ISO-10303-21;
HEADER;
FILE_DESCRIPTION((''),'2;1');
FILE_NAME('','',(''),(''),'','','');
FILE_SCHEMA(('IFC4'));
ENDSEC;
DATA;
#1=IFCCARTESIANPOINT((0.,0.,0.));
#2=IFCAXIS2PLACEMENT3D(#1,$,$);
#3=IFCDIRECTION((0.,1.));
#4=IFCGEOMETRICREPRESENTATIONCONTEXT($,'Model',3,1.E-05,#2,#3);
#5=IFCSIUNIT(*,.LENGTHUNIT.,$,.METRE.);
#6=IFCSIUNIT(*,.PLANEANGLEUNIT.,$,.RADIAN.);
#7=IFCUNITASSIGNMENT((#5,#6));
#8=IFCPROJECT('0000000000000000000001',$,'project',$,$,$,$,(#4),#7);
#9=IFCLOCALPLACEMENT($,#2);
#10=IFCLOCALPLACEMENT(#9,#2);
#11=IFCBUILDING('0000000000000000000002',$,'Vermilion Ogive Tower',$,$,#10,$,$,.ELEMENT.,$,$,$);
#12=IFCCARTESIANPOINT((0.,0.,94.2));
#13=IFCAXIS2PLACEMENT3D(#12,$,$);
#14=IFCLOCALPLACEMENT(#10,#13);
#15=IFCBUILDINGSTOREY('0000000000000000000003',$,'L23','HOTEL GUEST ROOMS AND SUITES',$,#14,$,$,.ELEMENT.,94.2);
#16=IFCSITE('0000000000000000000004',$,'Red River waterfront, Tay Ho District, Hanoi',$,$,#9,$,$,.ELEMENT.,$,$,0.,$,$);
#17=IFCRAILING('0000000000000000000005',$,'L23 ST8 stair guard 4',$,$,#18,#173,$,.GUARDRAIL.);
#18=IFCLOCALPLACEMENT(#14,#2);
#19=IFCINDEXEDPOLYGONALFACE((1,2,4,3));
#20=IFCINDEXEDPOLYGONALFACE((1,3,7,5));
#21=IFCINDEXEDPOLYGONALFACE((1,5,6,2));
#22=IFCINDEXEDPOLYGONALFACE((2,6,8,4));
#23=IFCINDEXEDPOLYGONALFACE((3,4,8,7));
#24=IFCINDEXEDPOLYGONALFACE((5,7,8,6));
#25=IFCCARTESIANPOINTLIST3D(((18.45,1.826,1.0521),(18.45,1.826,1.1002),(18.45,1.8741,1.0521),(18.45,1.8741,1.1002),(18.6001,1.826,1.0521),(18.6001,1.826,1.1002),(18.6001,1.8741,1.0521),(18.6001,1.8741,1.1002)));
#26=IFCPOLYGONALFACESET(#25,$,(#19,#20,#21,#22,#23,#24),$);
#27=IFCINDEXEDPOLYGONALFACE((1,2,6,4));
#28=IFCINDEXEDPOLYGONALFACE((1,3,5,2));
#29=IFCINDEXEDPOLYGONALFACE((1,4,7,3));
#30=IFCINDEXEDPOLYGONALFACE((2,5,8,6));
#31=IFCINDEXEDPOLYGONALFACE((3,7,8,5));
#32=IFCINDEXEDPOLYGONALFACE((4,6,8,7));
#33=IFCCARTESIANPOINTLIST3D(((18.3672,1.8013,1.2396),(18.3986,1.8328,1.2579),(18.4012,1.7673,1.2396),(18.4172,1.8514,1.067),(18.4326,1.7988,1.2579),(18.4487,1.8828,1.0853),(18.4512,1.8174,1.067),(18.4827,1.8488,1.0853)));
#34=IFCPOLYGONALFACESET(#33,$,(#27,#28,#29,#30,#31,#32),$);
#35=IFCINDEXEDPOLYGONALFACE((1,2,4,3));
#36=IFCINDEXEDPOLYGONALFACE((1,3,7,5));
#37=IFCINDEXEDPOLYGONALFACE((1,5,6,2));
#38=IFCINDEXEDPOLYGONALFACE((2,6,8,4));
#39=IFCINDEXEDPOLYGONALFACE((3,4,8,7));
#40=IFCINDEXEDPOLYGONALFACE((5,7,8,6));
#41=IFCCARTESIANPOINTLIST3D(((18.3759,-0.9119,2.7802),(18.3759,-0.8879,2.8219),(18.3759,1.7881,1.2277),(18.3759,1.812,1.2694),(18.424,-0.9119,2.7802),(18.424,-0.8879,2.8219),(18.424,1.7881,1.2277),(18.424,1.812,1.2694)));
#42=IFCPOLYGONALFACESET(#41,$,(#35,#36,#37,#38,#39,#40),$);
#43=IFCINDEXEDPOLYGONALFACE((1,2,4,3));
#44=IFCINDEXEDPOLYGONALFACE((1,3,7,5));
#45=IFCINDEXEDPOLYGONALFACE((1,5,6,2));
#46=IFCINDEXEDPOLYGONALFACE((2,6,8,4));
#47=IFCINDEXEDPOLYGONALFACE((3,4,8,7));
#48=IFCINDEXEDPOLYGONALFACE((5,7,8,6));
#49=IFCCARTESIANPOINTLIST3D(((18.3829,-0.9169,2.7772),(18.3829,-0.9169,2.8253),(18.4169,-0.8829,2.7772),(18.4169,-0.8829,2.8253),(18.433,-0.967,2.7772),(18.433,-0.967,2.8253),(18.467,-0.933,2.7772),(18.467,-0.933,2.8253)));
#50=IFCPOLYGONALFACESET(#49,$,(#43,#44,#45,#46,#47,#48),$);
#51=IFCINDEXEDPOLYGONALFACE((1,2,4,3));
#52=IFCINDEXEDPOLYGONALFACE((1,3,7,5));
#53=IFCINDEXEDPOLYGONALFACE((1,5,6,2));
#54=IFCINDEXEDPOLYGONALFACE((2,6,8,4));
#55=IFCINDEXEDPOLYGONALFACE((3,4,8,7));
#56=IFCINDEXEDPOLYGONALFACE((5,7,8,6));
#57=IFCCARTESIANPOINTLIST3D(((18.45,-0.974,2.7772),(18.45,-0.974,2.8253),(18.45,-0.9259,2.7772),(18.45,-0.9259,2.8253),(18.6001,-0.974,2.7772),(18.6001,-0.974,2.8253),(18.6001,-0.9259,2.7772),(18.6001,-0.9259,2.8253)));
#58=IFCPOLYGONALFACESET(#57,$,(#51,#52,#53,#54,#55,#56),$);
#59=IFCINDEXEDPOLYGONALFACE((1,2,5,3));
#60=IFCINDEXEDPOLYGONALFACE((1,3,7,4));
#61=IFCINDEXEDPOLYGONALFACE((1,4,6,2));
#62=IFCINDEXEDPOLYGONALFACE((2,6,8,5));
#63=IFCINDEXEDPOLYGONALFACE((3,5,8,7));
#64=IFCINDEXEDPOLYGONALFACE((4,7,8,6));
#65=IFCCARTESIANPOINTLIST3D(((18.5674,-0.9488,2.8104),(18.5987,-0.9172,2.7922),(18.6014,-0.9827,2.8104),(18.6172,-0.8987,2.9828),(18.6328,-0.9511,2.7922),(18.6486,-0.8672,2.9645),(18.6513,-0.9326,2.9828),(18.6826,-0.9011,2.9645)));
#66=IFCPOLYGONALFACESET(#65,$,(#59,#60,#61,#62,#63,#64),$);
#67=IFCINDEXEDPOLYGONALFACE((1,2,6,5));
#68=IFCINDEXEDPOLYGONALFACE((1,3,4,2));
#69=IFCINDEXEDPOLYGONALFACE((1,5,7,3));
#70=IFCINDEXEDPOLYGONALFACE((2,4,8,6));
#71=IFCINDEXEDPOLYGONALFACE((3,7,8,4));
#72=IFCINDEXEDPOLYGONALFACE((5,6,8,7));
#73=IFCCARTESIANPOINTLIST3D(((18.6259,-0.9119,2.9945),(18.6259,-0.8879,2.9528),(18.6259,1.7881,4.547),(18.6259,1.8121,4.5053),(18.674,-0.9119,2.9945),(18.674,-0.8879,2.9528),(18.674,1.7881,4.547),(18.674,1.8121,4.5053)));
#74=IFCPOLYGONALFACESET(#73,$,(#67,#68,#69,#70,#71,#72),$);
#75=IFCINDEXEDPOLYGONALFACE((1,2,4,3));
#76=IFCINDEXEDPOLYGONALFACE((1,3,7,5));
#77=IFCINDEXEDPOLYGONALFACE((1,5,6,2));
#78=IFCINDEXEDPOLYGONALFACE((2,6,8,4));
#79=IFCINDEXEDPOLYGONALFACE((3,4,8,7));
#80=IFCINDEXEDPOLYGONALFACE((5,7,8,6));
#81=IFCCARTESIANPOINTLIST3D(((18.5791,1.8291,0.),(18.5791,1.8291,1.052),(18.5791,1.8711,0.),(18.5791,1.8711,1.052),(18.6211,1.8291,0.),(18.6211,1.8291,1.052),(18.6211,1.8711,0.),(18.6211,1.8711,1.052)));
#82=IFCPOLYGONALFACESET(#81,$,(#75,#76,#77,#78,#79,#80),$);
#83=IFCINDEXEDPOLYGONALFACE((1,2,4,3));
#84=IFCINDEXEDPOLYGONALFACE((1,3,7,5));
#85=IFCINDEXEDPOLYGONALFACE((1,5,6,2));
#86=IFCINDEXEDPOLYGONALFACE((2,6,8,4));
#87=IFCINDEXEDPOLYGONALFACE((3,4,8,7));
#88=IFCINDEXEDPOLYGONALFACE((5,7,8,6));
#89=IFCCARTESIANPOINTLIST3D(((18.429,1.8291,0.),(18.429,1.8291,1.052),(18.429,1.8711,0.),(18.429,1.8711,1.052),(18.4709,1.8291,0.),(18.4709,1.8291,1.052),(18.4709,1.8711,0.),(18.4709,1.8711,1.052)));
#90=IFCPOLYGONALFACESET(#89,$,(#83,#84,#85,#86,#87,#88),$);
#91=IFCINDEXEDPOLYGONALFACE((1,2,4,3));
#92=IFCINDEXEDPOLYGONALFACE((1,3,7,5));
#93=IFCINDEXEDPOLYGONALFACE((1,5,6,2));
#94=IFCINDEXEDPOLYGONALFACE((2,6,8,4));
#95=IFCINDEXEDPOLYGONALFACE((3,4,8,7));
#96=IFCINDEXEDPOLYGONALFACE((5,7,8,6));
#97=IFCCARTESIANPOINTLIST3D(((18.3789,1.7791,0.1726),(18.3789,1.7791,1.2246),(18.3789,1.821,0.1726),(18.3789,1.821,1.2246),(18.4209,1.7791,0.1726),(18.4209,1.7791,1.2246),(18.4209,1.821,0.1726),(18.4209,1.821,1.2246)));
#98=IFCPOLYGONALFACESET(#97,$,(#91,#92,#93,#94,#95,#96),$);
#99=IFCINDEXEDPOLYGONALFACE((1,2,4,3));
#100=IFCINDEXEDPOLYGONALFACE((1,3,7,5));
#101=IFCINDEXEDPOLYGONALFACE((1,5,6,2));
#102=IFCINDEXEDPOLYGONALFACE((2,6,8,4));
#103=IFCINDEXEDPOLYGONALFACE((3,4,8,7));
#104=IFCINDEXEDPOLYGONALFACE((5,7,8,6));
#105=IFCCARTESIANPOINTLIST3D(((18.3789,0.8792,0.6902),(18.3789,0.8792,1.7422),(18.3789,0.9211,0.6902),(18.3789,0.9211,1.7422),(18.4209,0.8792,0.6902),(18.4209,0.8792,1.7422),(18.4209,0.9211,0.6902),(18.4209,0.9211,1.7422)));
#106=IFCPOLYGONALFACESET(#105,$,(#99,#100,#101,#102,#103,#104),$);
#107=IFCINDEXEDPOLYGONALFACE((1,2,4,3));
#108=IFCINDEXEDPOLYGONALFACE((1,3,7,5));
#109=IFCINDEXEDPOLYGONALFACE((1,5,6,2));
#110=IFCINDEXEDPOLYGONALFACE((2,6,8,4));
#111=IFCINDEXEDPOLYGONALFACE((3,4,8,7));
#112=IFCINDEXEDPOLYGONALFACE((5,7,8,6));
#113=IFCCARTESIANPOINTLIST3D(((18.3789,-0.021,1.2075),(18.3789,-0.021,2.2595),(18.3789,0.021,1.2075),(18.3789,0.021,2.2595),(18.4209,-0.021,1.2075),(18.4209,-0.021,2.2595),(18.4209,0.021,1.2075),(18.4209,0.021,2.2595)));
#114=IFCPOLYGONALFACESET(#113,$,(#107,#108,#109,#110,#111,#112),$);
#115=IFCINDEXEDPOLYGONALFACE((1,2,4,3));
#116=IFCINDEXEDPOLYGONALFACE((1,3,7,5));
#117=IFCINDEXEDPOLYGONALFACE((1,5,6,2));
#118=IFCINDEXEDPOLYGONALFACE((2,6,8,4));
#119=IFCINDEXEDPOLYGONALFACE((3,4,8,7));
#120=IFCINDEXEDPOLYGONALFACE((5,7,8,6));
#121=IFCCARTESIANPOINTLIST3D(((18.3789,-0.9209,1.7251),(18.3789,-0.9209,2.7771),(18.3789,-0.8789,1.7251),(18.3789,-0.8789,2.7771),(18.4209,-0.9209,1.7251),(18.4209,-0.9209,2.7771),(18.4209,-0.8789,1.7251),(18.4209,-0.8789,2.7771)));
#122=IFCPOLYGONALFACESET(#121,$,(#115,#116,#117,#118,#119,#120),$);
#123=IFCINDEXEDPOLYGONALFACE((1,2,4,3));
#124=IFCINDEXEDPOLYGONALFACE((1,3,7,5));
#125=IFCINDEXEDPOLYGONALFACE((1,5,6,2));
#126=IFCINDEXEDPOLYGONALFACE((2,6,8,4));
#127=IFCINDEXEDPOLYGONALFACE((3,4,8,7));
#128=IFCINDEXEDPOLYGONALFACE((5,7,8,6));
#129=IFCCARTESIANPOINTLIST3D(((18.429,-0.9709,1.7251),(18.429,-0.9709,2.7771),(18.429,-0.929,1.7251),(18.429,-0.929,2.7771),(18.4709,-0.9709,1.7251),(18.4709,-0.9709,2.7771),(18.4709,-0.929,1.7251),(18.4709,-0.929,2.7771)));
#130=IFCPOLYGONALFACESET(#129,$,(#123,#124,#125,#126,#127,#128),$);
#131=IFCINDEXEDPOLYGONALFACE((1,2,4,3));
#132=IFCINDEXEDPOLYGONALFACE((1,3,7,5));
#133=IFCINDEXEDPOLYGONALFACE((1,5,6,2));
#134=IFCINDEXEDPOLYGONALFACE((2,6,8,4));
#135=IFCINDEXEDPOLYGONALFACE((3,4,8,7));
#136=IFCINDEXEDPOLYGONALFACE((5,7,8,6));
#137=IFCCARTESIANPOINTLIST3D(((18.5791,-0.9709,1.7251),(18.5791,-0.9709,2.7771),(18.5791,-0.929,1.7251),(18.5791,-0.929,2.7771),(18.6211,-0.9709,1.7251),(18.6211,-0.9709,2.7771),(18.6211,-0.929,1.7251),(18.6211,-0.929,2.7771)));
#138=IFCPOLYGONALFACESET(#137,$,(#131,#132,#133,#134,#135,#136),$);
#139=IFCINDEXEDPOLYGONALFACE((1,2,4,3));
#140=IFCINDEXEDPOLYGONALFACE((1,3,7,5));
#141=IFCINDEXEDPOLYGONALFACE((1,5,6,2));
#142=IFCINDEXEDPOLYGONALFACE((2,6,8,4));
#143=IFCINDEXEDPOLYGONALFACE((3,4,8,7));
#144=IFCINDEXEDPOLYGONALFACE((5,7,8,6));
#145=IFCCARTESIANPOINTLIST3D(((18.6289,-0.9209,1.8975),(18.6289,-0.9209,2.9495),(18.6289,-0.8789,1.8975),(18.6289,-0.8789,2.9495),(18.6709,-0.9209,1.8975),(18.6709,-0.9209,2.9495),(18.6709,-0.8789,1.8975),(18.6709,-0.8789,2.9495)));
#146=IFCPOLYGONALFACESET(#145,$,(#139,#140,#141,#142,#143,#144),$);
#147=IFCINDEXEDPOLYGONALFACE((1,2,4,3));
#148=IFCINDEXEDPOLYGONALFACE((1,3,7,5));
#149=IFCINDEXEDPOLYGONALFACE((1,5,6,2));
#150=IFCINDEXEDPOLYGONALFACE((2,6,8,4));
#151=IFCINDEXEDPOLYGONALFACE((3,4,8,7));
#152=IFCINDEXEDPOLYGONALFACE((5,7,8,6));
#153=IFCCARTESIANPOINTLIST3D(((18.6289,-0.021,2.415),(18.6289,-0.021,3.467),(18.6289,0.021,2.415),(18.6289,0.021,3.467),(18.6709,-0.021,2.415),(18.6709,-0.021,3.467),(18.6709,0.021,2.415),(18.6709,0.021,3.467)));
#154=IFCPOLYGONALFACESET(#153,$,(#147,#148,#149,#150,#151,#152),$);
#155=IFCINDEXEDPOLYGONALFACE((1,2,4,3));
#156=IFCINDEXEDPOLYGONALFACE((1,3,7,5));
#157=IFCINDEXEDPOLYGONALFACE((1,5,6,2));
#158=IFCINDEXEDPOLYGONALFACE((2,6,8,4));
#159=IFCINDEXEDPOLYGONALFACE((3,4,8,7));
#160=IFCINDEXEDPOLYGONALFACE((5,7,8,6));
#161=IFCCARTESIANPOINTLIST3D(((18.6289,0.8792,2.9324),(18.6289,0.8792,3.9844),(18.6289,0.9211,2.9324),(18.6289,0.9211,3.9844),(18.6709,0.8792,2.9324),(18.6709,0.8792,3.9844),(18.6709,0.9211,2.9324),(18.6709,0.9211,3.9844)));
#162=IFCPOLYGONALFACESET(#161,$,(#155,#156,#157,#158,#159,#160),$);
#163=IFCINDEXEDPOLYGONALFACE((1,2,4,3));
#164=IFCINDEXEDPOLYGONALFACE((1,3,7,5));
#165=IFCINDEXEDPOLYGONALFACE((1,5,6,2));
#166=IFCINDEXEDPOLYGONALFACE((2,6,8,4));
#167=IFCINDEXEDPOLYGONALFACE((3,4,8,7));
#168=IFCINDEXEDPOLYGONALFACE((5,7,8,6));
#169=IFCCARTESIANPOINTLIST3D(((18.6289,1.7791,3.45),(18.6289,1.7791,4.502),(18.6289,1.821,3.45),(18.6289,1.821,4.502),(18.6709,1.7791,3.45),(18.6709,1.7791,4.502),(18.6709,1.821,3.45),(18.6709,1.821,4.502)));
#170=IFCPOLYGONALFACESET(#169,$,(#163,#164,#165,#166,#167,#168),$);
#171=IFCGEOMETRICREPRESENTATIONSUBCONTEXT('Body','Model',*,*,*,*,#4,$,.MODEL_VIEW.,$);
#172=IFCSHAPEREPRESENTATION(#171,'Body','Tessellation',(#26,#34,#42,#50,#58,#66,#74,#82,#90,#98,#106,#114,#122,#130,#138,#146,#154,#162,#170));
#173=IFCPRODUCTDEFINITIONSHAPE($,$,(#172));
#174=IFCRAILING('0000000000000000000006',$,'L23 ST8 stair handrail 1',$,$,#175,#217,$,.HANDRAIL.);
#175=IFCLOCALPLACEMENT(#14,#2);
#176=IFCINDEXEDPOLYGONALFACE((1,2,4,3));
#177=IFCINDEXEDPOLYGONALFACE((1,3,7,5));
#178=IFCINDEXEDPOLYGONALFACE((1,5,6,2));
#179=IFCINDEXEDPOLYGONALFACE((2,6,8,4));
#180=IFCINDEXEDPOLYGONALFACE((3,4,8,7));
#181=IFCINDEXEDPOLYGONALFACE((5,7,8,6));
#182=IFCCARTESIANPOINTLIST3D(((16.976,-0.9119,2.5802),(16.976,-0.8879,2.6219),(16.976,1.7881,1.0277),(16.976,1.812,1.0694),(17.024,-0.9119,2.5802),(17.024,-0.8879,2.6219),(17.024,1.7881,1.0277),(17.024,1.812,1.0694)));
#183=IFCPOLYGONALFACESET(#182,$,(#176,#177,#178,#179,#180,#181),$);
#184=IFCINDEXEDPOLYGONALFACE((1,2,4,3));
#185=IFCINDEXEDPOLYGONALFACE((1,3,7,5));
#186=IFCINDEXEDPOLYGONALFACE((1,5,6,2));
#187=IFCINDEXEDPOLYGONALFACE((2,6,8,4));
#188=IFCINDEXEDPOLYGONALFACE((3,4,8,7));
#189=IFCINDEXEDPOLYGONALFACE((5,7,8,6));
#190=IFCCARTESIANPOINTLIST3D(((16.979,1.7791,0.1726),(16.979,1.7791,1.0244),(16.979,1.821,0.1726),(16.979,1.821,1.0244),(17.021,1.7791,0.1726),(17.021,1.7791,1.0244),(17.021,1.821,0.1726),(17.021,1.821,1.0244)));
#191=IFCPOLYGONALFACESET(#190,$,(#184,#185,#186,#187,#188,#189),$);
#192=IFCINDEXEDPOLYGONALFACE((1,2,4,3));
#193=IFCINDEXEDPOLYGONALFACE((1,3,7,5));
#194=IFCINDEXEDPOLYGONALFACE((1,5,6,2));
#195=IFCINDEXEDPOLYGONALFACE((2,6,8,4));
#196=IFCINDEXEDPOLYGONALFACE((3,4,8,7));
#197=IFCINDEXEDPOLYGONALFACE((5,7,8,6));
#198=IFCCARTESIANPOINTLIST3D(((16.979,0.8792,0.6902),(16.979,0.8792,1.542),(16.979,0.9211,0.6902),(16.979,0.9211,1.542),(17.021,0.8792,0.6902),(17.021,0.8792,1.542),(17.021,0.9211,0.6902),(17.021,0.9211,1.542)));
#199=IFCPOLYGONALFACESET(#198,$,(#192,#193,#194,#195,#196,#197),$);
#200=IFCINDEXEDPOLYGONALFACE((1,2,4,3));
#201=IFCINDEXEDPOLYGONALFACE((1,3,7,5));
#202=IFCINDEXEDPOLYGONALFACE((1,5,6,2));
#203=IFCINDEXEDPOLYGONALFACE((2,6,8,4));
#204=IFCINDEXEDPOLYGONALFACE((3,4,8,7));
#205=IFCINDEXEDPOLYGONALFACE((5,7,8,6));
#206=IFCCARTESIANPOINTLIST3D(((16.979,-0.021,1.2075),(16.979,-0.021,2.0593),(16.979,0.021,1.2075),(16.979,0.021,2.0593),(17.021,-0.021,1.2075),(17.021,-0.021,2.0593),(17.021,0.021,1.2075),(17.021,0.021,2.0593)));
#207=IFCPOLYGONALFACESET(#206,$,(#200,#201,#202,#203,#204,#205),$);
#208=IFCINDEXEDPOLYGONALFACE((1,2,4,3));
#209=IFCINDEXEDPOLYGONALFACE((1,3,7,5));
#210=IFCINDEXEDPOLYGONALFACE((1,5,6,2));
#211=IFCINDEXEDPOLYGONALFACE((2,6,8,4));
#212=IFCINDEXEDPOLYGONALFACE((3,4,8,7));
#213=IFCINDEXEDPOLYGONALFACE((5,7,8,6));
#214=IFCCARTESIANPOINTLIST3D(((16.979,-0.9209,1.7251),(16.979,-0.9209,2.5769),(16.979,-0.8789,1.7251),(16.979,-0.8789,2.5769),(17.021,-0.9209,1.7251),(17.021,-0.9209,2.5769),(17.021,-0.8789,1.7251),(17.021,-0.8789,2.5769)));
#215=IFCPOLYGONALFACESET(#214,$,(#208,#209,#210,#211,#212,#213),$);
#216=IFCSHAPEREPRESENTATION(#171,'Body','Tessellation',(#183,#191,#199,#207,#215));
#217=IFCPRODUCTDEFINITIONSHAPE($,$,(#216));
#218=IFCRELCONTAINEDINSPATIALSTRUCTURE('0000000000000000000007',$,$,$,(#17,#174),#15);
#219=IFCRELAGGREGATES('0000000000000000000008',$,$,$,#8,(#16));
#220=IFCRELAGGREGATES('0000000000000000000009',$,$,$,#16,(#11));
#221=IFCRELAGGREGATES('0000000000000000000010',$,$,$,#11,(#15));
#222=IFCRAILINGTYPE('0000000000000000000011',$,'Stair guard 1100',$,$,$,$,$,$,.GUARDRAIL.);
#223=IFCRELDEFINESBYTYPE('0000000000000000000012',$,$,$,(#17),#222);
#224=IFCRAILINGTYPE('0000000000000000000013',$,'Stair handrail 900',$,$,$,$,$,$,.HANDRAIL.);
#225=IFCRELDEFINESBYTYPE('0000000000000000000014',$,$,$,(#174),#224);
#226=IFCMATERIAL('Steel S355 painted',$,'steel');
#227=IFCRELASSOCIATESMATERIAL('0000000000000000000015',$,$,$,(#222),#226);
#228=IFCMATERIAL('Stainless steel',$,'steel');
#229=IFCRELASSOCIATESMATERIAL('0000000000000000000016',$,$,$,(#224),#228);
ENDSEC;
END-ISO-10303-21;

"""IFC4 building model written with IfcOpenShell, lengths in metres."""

from ifc_helpers import new_model, si_unit, direction, frame, origin, origin_2d, place, context, subcontext, project, spatial, rectangle, extrude, material, type_object, element, save


model = new_model("IFC4")

# Units and contexts
model_context = context("Model", 3, precision=1e-05, world=origin(), true_north=direction((0.0, 1.0)))
body_context = subcontext(model_context, "Body", "Model", "MODEL_VIEW")
ifc_project = project(units=[si_unit("LENGTHUNIT", "METRE"), si_unit("PLANEANGLEUNIT", "RADIAN")], contexts=[model_context])

# Site, building, storey
site_placement = place(None, origin())
site = spatial("IfcSite", under=ifc_project, at=site_placement, Name="Red River waterfront, Tay Ho District, Hanoi", CompositionType="ELEMENT", RefElevation=0.0)
building_placement = place(site_placement, origin())
building = spatial("IfcBuilding", under=site, at=building_placement, Name="Vermilion Ogive Tower", CompositionType="ELEMENT")
storey_placement = place(building_placement, frame((0.0, 0.0, 94.2)))
storey = spatial("IfcBuildingStorey", under=building, at=storey_placement, Name="L23", Description="HOTEL GUEST ROOMS AND SUITES", CompositionType="ELEMENT", Elevation=94.2)

# Railings
ifc_material_1 = material(Name="Steel S355 painted", Category="steel")
railing_type_1 = type_object("IfcRailingType", Name="Stair guard 1100", PredefinedType="GUARDRAIL", material=ifc_material_1)
railing_1_placement = place(storey_placement, frame((18.6001, 1.8501, 0.0)))
element("IfcRailing", 1, at=railing_1_placement, inside=storey, type_object=railing_type_1, Name="L23 ST8 stair guard 4", PredefinedType="GUARDRAIL", context=body_context, shape_type="SweptSolid", body=[
    extrude(rectangle(XDim=0.0481, YDim=0.0481, at=origin_2d()), frame((0.0, 0.0, 1.0762), z_axis=(-1.0, 0.0, 0.0), x_axis=(0.0, -1.0, 0.0)), (0.0, 0.0, 1.0), 0.1501),
    extrude(rectangle(XDim=0.0481, YDim=0.0481, at=origin_2d()), frame((-0.1501, 0.0, 1.0762), z_axis=(-0.268278, -0.268278, 0.925232), x_axis=(0.707107, -0.707107, 0.0)), (0.0, 0.0, 1.0), 0.1865),
    extrude(rectangle(XDim=0.0481, YDim=0.0481, at=origin_2d()), frame((-0.2002, -0.05, 1.2485), z_axis=(0.0, -0.866904, 0.498476), x_axis=(1.0, 0.0, 0.0)), (0.0, 0.0, 1.0), 3.1145),
    extrude(rectangle(XDim=0.0481, YDim=0.0481, at=origin_2d()), frame((-0.2002, -2.75, 2.8013), z_axis=(0.707107, -0.707107, 0.0), x_axis=(0.707107, 0.707107, 0.0)), (0.0, 0.0, 1.0), 0.0708),
    extrude(rectangle(XDim=0.0481, YDim=0.0481, at=origin_2d()), frame((-0.1501, -2.8, 2.8013), z_axis=(1.0, 0.0, 0.0), x_axis=(0.0, 1.0, 0.0)), (0.0, 0.0, 1.0), 0.1501),
    extrude(rectangle(XDim=0.0481, YDim=0.0481, at=origin_2d()), frame((0.0, -2.8, 2.8013), z_axis=(0.267387, 0.268698, 0.925368), x_axis=(-0.708834, 0.705376, 0.0)), (0.0, 0.0, 1.0), 0.1863),
    extrude(rectangle(XDim=0.0481, YDim=0.0481, at=origin_2d()), frame((0.0498, -2.75, 2.9736), z_axis=(0.0, 0.866904, 0.498476), x_axis=(-1.0, 0.0, 0.0)), (0.0, 0.0, 1.0), 3.1145),
    extrude(rectangle(XDim=0.042, YDim=0.042, at=origin_2d()), origin(), (0.0, 0.0, 1.0), 1.052),
    extrude(rectangle(XDim=0.042, YDim=0.042, at=origin_2d()), frame((-0.1501, 0.0, 0.0)), (0.0, 0.0, 1.0), 1.052),
    extrude(rectangle(XDim=0.042, YDim=0.042, at=origin_2d()), frame((-0.2002, -0.05, 0.1726)), (0.0, 0.0, 1.0), 1.052),
    extrude(rectangle(XDim=0.042, YDim=0.042, at=origin_2d()), frame((-0.2002, -0.95, 0.6902)), (0.0, 0.0, 1.0), 1.052),
    extrude(rectangle(XDim=0.042, YDim=0.042, at=origin_2d()), frame((-0.2002, -1.8501, 1.2075)), (0.0, 0.0, 1.0), 1.052),
    extrude(rectangle(XDim=0.042, YDim=0.042, at=origin_2d()), frame((-0.2002, -2.75, 1.7251)), (0.0, 0.0, 1.0), 1.052),
    extrude(rectangle(XDim=0.042, YDim=0.042, at=origin_2d()), frame((-0.1501, -2.8, 1.7251)), (0.0, 0.0, 1.0), 1.052),
    extrude(rectangle(XDim=0.042, YDim=0.042, at=origin_2d()), frame((0.0, -2.8, 1.7251)), (0.0, 0.0, 1.0), 1.052),
    extrude(rectangle(XDim=0.042, YDim=0.042, at=origin_2d()), frame((0.0498, -2.75, 1.8975)), (0.0, 0.0, 1.0), 1.052),
    extrude(rectangle(XDim=0.042, YDim=0.042, at=origin_2d()), frame((0.0498, -1.8501, 2.415)), (0.0, 0.0, 1.0), 1.052),
    extrude(rectangle(XDim=0.042, YDim=0.042, at=origin_2d()), frame((0.0498, -0.95, 2.9324)), (0.0, 0.0, 1.0), 1.052),
    extrude(rectangle(XDim=0.042, YDim=0.042, at=origin_2d()), frame((0.0498, -0.05, 3.45)), (0.0, 0.0, 1.0), 1.052),
])
ifc_material_2 = material(Name="Stainless steel", Category="steel")
railing_type_2 = type_object("IfcRailingType", Name="Stair handrail 900", PredefinedType="HANDRAIL", material=ifc_material_2)
railing_2_placement = place(storey_placement, frame((17.0, 1.8, 0.1726)))
element("IfcRailing", 2, at=railing_2_placement, inside=storey, type_object=railing_type_2, Name="L23 ST8 stair handrail 1", PredefinedType="HANDRAIL", context=body_context, shape_type="SweptSolid", body=[
    extrude(rectangle(XDim=0.0481, YDim=0.0481, at=origin_2d()), frame((0.0, 0.0, 0.876), z_axis=(0.0, -0.866904, 0.498476), x_axis=(1.0, 0.0, 0.0)), (0.0, 0.0, 1.0), 3.1145),
    extrude(rectangle(XDim=0.042, YDim=0.042, at=origin_2d()), origin(), (0.0, 0.0, 1.0), 0.8518),
    extrude(rectangle(XDim=0.042, YDim=0.042, at=origin_2d()), frame((0.0, -0.8999, 0.5176)), (0.0, 0.0, 1.0), 0.8518),
    extrude(rectangle(XDim=0.042, YDim=0.042, at=origin_2d()), frame((0.0, -1.8, 1.0349)), (0.0, 0.0, 1.0), 0.8518),
    extrude(rectangle(XDim=0.042, YDim=0.042, at=origin_2d()), frame((0.0, -2.7, 1.5525)), (0.0, 0.0, 1.0), 0.8518),
])

save(model, "model.ifc")
